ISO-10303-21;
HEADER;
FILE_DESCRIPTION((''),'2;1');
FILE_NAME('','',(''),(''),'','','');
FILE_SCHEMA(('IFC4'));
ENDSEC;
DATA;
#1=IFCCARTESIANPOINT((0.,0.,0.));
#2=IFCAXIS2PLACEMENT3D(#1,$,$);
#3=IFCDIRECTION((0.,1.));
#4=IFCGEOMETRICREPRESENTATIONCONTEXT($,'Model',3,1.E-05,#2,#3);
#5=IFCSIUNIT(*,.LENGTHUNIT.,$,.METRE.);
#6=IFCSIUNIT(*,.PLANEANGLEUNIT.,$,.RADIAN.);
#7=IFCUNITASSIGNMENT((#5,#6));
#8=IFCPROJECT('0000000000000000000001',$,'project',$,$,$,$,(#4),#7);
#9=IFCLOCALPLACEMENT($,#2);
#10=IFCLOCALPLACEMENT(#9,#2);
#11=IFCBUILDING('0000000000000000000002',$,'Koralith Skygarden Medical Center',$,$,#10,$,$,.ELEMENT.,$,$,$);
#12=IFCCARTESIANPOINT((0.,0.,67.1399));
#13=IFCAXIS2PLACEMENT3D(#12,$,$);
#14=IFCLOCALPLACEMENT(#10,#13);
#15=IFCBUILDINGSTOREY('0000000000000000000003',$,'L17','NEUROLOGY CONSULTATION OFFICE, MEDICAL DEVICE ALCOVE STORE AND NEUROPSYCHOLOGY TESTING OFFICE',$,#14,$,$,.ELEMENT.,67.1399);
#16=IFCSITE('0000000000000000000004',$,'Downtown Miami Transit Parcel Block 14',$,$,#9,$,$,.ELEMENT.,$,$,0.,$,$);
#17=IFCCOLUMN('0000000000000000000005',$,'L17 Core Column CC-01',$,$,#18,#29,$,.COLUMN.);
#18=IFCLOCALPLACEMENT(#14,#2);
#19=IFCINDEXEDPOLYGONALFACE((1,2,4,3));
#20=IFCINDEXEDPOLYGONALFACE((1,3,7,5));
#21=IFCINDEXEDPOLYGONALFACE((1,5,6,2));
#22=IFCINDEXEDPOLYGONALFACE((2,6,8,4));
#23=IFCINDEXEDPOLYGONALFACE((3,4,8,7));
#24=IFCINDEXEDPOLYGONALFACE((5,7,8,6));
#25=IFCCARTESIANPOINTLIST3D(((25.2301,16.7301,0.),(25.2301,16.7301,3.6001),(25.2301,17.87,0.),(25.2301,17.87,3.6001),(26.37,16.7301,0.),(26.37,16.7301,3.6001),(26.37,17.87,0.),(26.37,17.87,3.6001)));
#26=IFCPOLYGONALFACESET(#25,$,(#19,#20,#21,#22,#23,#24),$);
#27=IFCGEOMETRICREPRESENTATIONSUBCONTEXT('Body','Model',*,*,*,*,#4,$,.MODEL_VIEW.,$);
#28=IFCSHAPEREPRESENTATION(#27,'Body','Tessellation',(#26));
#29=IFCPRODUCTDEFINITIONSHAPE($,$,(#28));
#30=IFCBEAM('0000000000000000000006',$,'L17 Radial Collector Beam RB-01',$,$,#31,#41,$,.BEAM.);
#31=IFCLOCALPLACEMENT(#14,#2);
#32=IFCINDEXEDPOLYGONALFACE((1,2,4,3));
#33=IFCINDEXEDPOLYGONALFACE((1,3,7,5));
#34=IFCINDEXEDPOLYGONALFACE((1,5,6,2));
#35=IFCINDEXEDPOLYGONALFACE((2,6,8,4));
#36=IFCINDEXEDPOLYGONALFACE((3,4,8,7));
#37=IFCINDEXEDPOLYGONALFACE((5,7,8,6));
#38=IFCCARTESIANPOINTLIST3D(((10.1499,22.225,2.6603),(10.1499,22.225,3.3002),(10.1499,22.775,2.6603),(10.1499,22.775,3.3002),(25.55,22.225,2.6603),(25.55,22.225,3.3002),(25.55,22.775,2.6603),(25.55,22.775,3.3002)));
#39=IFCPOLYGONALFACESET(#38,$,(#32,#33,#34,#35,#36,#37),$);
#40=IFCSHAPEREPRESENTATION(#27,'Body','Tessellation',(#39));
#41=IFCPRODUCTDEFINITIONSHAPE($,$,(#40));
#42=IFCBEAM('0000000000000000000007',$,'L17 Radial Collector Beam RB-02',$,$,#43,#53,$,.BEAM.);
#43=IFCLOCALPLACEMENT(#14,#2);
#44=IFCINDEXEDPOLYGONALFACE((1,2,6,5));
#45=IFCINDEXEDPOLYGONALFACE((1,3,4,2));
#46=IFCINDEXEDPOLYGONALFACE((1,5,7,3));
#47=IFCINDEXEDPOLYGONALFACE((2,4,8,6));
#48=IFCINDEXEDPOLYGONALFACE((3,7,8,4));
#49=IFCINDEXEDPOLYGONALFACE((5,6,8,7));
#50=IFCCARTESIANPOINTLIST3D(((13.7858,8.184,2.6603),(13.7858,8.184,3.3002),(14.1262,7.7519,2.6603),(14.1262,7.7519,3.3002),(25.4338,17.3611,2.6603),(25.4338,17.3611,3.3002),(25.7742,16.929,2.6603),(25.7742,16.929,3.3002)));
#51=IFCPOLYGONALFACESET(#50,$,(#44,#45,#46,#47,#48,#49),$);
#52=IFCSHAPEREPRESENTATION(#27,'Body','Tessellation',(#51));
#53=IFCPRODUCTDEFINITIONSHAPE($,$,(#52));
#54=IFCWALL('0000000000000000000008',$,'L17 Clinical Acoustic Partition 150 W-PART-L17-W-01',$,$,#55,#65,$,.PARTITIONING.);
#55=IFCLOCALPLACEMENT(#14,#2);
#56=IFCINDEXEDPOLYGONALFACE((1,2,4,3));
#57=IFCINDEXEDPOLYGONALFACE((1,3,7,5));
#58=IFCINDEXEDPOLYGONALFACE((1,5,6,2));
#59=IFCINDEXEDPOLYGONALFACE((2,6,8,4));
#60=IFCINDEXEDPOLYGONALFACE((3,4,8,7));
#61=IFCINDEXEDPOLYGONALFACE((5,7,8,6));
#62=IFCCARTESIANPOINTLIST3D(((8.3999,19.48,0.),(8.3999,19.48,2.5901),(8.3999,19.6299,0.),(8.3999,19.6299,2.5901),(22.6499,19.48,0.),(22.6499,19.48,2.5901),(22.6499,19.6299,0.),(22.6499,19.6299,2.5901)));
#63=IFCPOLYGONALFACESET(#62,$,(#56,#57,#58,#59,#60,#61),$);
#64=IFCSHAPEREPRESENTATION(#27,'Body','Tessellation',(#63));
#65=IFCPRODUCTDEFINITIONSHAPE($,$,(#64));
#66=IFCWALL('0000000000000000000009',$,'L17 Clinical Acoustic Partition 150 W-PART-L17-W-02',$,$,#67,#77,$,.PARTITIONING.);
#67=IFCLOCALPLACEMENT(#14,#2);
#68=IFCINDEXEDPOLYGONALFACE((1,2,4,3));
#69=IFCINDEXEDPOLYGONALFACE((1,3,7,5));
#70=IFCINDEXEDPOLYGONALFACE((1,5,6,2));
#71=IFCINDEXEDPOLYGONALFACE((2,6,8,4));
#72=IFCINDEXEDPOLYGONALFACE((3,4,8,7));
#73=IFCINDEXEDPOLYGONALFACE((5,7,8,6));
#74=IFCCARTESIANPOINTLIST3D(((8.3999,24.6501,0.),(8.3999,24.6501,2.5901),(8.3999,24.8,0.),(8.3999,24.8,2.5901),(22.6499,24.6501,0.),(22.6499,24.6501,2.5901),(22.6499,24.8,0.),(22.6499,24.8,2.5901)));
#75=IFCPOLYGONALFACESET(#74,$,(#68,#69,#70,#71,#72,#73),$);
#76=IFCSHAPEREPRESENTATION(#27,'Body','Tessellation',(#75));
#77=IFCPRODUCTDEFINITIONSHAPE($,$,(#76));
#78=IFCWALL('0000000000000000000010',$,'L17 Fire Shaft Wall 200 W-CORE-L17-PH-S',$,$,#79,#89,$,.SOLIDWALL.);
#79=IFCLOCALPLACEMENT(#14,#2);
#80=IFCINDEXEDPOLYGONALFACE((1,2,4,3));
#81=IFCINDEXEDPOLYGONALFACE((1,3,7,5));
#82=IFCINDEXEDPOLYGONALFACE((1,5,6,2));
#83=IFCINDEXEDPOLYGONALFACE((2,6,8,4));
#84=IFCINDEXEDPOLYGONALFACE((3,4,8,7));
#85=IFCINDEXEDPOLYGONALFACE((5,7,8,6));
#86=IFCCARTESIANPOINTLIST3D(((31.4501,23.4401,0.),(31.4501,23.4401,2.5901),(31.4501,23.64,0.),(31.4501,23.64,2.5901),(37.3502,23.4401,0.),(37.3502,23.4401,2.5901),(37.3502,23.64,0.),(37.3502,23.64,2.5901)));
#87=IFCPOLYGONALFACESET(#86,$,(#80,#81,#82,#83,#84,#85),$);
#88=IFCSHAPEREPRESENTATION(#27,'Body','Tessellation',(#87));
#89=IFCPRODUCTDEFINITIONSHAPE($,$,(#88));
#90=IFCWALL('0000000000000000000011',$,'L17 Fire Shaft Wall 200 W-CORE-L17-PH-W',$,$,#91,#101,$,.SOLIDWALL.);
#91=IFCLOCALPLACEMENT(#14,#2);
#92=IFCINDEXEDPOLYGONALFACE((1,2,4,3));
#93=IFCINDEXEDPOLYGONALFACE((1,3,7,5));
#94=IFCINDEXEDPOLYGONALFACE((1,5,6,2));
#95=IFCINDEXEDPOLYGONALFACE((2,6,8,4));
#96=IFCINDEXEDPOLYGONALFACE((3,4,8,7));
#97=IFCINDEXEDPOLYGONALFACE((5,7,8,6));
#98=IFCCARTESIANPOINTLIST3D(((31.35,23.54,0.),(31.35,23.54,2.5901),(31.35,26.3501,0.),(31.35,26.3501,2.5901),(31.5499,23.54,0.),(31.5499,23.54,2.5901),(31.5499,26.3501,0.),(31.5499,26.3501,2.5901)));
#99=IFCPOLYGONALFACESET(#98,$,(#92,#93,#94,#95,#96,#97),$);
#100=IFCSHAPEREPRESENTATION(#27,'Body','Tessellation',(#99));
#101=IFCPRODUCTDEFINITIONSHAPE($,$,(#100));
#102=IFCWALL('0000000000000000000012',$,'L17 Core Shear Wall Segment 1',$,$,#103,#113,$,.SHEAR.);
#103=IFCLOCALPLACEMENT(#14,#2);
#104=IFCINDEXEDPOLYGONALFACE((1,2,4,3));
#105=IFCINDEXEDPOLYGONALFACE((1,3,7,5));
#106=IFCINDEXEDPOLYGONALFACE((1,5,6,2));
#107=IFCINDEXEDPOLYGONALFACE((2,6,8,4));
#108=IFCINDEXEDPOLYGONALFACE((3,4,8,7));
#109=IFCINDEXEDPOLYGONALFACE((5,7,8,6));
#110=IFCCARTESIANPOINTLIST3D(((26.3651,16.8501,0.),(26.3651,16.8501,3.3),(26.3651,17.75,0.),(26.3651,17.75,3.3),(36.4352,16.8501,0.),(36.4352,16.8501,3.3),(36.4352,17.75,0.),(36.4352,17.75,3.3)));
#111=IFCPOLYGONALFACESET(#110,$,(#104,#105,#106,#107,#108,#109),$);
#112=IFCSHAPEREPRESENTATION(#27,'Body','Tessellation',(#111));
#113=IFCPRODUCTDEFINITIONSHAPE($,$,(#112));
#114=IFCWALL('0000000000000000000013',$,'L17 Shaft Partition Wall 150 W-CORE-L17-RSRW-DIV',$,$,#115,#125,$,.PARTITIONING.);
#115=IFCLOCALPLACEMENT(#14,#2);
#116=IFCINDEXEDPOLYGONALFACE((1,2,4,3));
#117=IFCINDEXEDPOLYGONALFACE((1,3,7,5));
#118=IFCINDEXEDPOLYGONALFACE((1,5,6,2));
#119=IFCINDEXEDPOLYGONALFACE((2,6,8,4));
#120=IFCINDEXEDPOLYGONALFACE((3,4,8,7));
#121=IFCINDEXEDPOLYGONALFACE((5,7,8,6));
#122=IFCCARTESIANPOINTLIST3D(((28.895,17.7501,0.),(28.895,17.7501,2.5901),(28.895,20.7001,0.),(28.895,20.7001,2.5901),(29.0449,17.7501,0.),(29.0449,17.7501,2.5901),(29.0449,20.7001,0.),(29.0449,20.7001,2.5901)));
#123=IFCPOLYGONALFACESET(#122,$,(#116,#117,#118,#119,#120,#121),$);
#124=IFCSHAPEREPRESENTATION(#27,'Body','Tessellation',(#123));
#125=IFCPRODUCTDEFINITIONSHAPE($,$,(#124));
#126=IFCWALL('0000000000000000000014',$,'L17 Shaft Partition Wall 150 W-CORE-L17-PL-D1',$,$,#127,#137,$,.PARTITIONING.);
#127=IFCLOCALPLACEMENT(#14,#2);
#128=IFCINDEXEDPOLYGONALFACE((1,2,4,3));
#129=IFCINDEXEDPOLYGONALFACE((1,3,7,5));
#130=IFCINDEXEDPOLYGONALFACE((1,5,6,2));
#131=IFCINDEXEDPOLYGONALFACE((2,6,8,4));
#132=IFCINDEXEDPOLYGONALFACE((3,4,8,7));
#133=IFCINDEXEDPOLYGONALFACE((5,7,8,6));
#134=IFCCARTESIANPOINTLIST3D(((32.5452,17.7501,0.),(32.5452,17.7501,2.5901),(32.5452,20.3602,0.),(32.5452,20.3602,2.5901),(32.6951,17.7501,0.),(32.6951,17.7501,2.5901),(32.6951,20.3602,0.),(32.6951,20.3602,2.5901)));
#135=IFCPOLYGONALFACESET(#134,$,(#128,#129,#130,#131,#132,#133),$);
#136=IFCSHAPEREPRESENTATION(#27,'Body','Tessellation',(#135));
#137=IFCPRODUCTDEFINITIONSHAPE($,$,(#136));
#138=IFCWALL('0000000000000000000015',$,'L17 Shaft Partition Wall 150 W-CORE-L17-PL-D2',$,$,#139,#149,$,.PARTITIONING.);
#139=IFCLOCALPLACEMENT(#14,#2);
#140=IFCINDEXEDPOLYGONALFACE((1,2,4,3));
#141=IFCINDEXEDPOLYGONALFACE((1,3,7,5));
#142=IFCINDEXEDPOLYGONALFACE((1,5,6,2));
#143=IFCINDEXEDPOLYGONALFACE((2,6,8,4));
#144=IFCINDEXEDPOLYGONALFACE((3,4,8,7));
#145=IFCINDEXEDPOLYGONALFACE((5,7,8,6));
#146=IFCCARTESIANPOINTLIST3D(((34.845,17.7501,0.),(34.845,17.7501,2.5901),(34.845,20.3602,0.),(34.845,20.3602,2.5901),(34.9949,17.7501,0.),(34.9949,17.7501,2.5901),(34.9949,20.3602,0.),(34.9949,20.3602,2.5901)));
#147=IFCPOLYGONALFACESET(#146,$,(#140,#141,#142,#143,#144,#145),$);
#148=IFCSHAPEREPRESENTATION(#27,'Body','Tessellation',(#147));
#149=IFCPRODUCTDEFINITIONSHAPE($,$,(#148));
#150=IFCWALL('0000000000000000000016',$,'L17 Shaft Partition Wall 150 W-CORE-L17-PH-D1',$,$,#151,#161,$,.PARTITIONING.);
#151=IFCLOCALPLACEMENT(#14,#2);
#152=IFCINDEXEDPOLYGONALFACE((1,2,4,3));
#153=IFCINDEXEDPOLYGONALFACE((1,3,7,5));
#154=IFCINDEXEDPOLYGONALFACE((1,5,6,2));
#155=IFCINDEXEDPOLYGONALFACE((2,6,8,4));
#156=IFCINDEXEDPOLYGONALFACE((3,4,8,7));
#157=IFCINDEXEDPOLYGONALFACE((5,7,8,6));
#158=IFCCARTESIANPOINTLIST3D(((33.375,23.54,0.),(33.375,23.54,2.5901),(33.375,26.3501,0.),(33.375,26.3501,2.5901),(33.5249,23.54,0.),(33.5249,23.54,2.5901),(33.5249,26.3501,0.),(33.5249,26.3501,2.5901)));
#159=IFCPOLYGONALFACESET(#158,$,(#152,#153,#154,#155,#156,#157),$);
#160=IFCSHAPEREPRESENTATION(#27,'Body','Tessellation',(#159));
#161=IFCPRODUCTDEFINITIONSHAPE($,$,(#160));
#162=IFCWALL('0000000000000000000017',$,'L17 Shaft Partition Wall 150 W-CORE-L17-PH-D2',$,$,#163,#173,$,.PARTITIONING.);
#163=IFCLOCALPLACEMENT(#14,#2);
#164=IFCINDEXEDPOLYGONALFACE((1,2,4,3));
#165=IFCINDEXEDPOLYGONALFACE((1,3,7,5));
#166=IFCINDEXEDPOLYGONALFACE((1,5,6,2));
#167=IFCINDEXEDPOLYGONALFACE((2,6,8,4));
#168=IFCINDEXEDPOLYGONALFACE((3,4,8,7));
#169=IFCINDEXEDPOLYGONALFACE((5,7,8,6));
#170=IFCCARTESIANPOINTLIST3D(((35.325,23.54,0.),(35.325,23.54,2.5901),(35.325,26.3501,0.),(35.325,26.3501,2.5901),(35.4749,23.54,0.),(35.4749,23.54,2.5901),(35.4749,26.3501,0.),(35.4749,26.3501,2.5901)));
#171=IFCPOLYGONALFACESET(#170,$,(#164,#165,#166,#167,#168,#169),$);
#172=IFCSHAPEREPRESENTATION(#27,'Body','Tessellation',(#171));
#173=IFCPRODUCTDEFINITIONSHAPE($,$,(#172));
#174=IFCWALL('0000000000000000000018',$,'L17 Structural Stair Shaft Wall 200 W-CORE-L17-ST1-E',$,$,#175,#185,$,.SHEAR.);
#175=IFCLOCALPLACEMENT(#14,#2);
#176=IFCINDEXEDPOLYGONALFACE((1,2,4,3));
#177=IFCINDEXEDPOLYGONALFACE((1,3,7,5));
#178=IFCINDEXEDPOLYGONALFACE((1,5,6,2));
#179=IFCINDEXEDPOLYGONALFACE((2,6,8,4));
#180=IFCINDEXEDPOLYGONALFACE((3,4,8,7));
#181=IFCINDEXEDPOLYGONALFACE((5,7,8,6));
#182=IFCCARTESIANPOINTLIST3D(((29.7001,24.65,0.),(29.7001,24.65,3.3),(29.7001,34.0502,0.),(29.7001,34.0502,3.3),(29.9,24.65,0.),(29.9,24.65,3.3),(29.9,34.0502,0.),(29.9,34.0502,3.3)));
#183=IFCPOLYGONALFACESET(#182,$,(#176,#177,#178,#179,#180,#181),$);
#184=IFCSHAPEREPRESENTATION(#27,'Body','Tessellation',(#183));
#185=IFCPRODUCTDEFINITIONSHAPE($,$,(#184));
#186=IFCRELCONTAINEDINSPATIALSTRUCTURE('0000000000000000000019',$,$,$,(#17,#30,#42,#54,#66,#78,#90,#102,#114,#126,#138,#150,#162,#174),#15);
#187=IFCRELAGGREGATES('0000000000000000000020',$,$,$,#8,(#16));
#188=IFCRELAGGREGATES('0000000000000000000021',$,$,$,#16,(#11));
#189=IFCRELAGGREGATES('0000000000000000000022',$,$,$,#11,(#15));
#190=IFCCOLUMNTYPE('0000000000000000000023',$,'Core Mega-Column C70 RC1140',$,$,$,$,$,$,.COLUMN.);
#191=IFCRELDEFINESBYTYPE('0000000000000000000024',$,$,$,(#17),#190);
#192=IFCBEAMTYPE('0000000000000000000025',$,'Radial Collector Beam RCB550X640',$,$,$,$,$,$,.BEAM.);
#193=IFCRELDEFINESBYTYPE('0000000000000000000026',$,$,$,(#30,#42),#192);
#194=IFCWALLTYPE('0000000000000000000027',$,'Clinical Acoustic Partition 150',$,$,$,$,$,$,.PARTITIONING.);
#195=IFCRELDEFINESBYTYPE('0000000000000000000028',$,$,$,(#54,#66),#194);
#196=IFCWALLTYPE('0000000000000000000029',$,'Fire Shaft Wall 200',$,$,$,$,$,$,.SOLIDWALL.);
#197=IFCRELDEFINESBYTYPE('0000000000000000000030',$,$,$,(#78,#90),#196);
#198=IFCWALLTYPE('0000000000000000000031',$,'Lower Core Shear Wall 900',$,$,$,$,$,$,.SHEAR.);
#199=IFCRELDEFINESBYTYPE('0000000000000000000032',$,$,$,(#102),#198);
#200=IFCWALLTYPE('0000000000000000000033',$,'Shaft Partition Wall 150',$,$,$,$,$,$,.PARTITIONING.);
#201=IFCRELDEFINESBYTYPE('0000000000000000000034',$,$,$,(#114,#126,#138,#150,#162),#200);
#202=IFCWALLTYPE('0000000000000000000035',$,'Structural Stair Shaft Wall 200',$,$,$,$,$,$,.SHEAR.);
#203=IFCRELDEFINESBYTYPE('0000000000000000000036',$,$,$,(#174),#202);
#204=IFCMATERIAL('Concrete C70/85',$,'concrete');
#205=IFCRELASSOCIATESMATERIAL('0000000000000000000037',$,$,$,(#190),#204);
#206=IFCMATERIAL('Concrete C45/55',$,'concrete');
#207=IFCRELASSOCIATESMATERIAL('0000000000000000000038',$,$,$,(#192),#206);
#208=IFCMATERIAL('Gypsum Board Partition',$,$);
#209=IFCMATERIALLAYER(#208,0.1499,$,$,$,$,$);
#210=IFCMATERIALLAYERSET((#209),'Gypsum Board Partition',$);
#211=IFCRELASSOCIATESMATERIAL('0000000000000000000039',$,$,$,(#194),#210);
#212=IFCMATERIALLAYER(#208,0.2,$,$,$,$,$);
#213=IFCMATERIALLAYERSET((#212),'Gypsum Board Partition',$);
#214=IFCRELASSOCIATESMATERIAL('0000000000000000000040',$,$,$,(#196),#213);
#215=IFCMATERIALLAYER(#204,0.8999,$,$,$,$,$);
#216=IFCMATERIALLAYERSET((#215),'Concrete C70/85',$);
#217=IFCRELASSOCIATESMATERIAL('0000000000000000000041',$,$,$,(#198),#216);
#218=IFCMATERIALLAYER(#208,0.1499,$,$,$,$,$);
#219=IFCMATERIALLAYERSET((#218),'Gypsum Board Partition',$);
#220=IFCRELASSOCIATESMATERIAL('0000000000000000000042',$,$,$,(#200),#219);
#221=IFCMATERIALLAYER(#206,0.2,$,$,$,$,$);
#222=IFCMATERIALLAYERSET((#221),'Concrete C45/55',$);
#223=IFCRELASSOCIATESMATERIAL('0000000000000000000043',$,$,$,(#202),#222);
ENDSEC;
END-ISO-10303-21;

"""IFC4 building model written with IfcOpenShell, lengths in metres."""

from ifc_helpers import new_model, si_unit, direction, frame, frame_2d, origin, origin_2d, place, context, subcontext, project, spatial, rectangle, extrude, material, layer, layer_set, material_profile, profile_set, type_object, element, save


model = new_model("IFC4")

# Units and contexts
model_context = context("Model", 3, precision=1e-05, world=origin(), true_north=direction((0.0, 1.0)))
body_context = subcontext(model_context, "Body", "Model", "MODEL_VIEW")
ifc_project = project(units=[si_unit("LENGTHUNIT", "METRE"), si_unit("PLANEANGLEUNIT", "RADIAN")], contexts=[model_context])

# Site, building, storey
site_placement = place(None, origin())
site = spatial("IfcSite", under=ifc_project, at=site_placement, Name="Downtown Miami Transit Parcel Block 14", CompositionType="ELEMENT", RefElevation=0.0)
building_placement = place(site_placement, origin())
building = spatial("IfcBuilding", under=site, at=building_placement, Name="Koralith Skygarden Medical Center", CompositionType="ELEMENT")
storey_placement = place(building_placement, frame((0.0, 0.0, 67.1399)))
storey = spatial("IfcBuildingStorey", under=building, at=storey_placement, Name="L17", Description="NEUROLOGY CONSULTATION OFFICE, MEDICAL DEVICE ALCOVE STORE AND NEUROPSYCHOLOGY TESTING OFFICE", CompositionType="ELEMENT", Elevation=67.1399)

# Column
ifc_material_1 = material(Name="Concrete C70/85", Category="concrete")
ifc_material_profile_1 = material_profile(ifc_material_1, rectangle(XDim=1.1399, YDim=1.1399, at=origin_2d()), Name="RC1140X1140")
ifc_profile_set_1 = profile_set([ifc_material_profile_1], Name="Concrete C70/85")
column_type = type_object("IfcColumnType", Name="Core Mega-Column C70 RC1140", PredefinedType="COLUMN", material=ifc_profile_set_1)
column_placement = place(storey_placement, frame((25.8, 17.3, 0.0), z_axis=(0.0, 0.0, 1.0), x_axis=(1.0, 0.0, 0.0)))
element("IfcColumn", 1, at=column_placement, inside=storey, type_object=column_type, Name="L17 Core Column CC-01", PredefinedType="COLUMN", context=body_context, shape_type="SweptSolid", body=[
    extrude(rectangle(XDim=1.1399, YDim=1.1399, at=origin_2d()), origin(), (0.0, 0.0, 1.0), 3.6001),
])

# Beams
ifc_material_2 = material(Name="Concrete C45/55", Category="concrete")
ifc_material_profile_2 = material_profile(ifc_material_2, rectangle(XDim=0.55, YDim=0.6399, at=origin_2d()), Name="RCB550X640")
ifc_profile_set_2 = profile_set([ifc_material_profile_2], Name="Concrete C45/55")
beam_type = type_object("IfcBeamType", Name="Radial Collector Beam RCB550X640", PredefinedType="BEAM", material=ifc_profile_set_2)
beam_1_placement = place(storey_placement, frame((25.55, 22.5, 2.9802), z_axis=(-1.0, 0.0, 0.0), x_axis=(0.0, -1.0, 0.0)))
element("IfcBeam", 2, at=beam_1_placement, inside=storey, type_object=beam_type, Name="L17 Radial Collector Beam RB-01", PredefinedType="BEAM", context=body_context, shape_type="SweptSolid", body=[
    extrude(rectangle(XDim=0.55, YDim=0.6399, at=origin_2d()), origin(), (0.0, 0.0, 1.0), 15.4001),
])
beam_2_placement = place(storey_placement, frame((25.604, 17.145, 2.9802), z_axis=(-0.785497, -0.618865, 0.0), x_axis=(0.618865, -0.785497, 0.0)))
element("IfcBeam", 3, at=beam_2_placement, inside=storey, type_object=beam_type, Name="L17 Radial Collector Beam RB-02", PredefinedType="BEAM", context=body_context, shape_type="SweptSolid", body=[
    extrude(rectangle(XDim=0.55, YDim=0.6399, at=origin_2d()), origin(), (0.0, 0.0, 1.0), 14.8289),
])

# Walls
ifc_material_3 = material(Name="Gypsum Board Partition")
ifc_layer_1 = layer(ifc_material_3, 0.1499)
ifc_layer_set_1 = layer_set([ifc_layer_1], Name="Gypsum Board Partition")
wall_type_1 = type_object("IfcWallType", Name="Clinical Acoustic Partition 150", PredefinedType="PARTITIONING", material=ifc_layer_set_1)
for number, where, z_axis, x_axis, name in (
    (4, (22.6499, 19.5549, 0.0), (0.0, 0.0, 1.0), (-1.0, 0.0, 0.0), "L17 Clinical Acoustic Partition 150 W-PART-L17-W-01"),
    (5, (22.6499, 24.7251, 0.0), (0.0, 0.0, 1.0), (-1.0, 0.0, 0.0), "L17 Clinical Acoustic Partition 150 W-PART-L17-W-02"),
):
    element("IfcWall", number, at=place(storey_placement, frame(where, z_axis=z_axis, x_axis=x_axis)), inside=storey, type_object=wall_type_1, Name=name, PredefinedType="PARTITIONING", context=body_context, shape_type="SweptSolid", body=[
        extrude(rectangle(XDim=14.25, YDim=0.1499, at=frame_2d((7.125, 0.0))), origin(), (0.0, 0.0, 1.0), 2.5901),
    ])

# Shared definitions
ifc_layer_2 = layer(ifc_material_3, 0.2)
ifc_layer_set_2 = layer_set([ifc_layer_2], Name="Gypsum Board Partition")
wall_type_2 = type_object("IfcWallType", Name="Fire Shaft Wall 200", PredefinedType="SOLIDWALL", material=ifc_layer_set_2)

# Walls
wall_1_placement = place(storey_placement, frame((31.45, 23.54, 0.0), z_axis=(0.0, 0.0, 1.0), x_axis=(1.0, 0.0, 0.0)))
element("IfcWall", 6, at=wall_1_placement, inside=storey, type_object=wall_type_2, Name="L17 Fire Shaft Wall 200 W-CORE-L17-PH-S", PredefinedType="SOLIDWALL", context=body_context, shape_type="SweptSolid", body=[
    extrude(rectangle(XDim=5.9001, YDim=0.2, at=frame_2d((2.9502, 0.0))), origin(), (0.0, 0.0, 1.0), 2.5901),
])
wall_2_placement = place(storey_placement, frame((31.45, 23.54, 0.0), z_axis=(0.0, 0.0, 1.0), x_axis=(0.0, 1.0, 0.0)))
element("IfcWall", 7, at=wall_2_placement, inside=storey, type_object=wall_type_2, Name="L17 Fire Shaft Wall 200 W-CORE-L17-PH-W", PredefinedType="SOLIDWALL", context=body_context, shape_type="SweptSolid", body=[
    extrude(rectangle(XDim=2.8101, YDim=0.2, at=frame_2d((1.405, 0.0))), origin(), (0.0, 0.0, 1.0), 2.5901),
])
ifc_layer_3 = layer(ifc_material_1, 0.8999)
ifc_layer_set_3 = layer_set([ifc_layer_3], Name="Concrete C70/85")
wall_type_3 = type_object("IfcWallType", Name="Lower Core Shear Wall 900", PredefinedType="SHEAR", material=ifc_layer_set_3)
wall_3_placement = place(storey_placement, frame((26.365, 17.3, 0.0), z_axis=(0.0, 0.0, 1.0), x_axis=(1.0, 0.0, 0.0)))
element("IfcWall", 8, at=wall_3_placement, inside=storey, type_object=wall_type_3, Name="L17 Core Shear Wall Segment 1", PredefinedType="SHEAR", context=body_context, shape_type="SweptSolid", body=[
    extrude(rectangle(XDim=10.0701, YDim=0.8999, at=frame_2d((5.0352, 0.0))), origin(), (0.0, 0.0, 1.0), 3.3),
])
ifc_layer_4 = layer(ifc_material_3, 0.1499)
ifc_layer_set_4 = layer_set([ifc_layer_4], Name="Gypsum Board Partition")
wall_type_4 = type_object("IfcWallType", Name="Shaft Partition Wall 150", PredefinedType="PARTITIONING", material=ifc_layer_set_4)
wall_4_placement = place(storey_placement, frame((28.97, 17.75, 0.0), z_axis=(0.0, 0.0, 1.0), x_axis=(0.0, 1.0, 0.0)))
element("IfcWall", 9, at=wall_4_placement, inside=storey, type_object=wall_type_4, Name="L17 Shaft Partition Wall 150 W-CORE-L17-RSRW-DIV", PredefinedType="PARTITIONING", context=body_context, shape_type="SweptSolid", body=[
    extrude(rectangle(XDim=2.95, YDim=0.1499, at=frame_2d((1.4751, 0.0))), origin(), (0.0, 0.0, 1.0), 2.5901),
])
for number, where, z_axis, x_axis, name in (
    (10, (32.6201, 17.75, 0.0), (0.0, 0.0, 1.0), (0.0, 1.0, 0.0), "L17 Shaft Partition Wall 150 W-CORE-L17-PL-D1"),
    (11, (34.9199, 17.75, 0.0), (0.0, 0.0, 1.0), (0.0, 1.0, 0.0), "L17 Shaft Partition Wall 150 W-CORE-L17-PL-D2"),
):
    element("IfcWall", number, at=place(storey_placement, frame(where, z_axis=z_axis, x_axis=x_axis)), inside=storey, type_object=wall_type_4, Name=name, PredefinedType="PARTITIONING", context=body_context, shape_type="SweptSolid", body=[
        extrude(rectangle(XDim=2.6101, YDim=0.1499, at=frame_2d((1.3052, 0.0))), origin(), (0.0, 0.0, 1.0), 2.5901),
    ])
for number, where, z_axis, x_axis, name in (
    (12, (33.45, 23.54, 0.0), (0.0, 0.0, 1.0), (0.0, 1.0, 0.0), "L17 Shaft Partition Wall 150 W-CORE-L17-PH-D1"),
    (13, (35.3999, 23.54, 0.0), (0.0, 0.0, 1.0), (0.0, 1.0, 0.0), "L17 Shaft Partition Wall 150 W-CORE-L17-PH-D2"),
):
    element("IfcWall", number, at=place(storey_placement, frame(where, z_axis=z_axis, x_axis=x_axis)), inside=storey, type_object=wall_type_4, Name=name, PredefinedType="PARTITIONING", context=body_context, shape_type="SweptSolid", body=[
        extrude(rectangle(XDim=2.8101, YDim=0.1499, at=frame_2d((1.405, 0.0))), origin(), (0.0, 0.0, 1.0), 2.5901),
    ])
ifc_layer_5 = layer(ifc_material_2, 0.2)
ifc_layer_set_5 = layer_set([ifc_layer_5], Name="Concrete C45/55")
wall_type_5 = type_object("IfcWallType", Name="Structural Stair Shaft Wall 200", PredefinedType="SHEAR", material=ifc_layer_set_5)
wall_5_placement = place(storey_placement, frame((29.8, 24.6499, 0.0), z_axis=(0.0, 0.0, 1.0), x_axis=(0.0, 1.0, 0.0)))
element("IfcWall", 14, at=wall_5_placement, inside=storey, type_object=wall_type_5, Name="L17 Structural Stair Shaft Wall 200 W-CORE-L17-ST1-E", PredefinedType="SHEAR", context=body_context, shape_type="SweptSolid", body=[
    extrude(rectangle(XDim=9.4001, YDim=0.2, at=frame_2d((4.7002, 0.0))), origin(), (0.0, 0.0, 1.0), 3.3),
])

save(model, "model.ifc")
